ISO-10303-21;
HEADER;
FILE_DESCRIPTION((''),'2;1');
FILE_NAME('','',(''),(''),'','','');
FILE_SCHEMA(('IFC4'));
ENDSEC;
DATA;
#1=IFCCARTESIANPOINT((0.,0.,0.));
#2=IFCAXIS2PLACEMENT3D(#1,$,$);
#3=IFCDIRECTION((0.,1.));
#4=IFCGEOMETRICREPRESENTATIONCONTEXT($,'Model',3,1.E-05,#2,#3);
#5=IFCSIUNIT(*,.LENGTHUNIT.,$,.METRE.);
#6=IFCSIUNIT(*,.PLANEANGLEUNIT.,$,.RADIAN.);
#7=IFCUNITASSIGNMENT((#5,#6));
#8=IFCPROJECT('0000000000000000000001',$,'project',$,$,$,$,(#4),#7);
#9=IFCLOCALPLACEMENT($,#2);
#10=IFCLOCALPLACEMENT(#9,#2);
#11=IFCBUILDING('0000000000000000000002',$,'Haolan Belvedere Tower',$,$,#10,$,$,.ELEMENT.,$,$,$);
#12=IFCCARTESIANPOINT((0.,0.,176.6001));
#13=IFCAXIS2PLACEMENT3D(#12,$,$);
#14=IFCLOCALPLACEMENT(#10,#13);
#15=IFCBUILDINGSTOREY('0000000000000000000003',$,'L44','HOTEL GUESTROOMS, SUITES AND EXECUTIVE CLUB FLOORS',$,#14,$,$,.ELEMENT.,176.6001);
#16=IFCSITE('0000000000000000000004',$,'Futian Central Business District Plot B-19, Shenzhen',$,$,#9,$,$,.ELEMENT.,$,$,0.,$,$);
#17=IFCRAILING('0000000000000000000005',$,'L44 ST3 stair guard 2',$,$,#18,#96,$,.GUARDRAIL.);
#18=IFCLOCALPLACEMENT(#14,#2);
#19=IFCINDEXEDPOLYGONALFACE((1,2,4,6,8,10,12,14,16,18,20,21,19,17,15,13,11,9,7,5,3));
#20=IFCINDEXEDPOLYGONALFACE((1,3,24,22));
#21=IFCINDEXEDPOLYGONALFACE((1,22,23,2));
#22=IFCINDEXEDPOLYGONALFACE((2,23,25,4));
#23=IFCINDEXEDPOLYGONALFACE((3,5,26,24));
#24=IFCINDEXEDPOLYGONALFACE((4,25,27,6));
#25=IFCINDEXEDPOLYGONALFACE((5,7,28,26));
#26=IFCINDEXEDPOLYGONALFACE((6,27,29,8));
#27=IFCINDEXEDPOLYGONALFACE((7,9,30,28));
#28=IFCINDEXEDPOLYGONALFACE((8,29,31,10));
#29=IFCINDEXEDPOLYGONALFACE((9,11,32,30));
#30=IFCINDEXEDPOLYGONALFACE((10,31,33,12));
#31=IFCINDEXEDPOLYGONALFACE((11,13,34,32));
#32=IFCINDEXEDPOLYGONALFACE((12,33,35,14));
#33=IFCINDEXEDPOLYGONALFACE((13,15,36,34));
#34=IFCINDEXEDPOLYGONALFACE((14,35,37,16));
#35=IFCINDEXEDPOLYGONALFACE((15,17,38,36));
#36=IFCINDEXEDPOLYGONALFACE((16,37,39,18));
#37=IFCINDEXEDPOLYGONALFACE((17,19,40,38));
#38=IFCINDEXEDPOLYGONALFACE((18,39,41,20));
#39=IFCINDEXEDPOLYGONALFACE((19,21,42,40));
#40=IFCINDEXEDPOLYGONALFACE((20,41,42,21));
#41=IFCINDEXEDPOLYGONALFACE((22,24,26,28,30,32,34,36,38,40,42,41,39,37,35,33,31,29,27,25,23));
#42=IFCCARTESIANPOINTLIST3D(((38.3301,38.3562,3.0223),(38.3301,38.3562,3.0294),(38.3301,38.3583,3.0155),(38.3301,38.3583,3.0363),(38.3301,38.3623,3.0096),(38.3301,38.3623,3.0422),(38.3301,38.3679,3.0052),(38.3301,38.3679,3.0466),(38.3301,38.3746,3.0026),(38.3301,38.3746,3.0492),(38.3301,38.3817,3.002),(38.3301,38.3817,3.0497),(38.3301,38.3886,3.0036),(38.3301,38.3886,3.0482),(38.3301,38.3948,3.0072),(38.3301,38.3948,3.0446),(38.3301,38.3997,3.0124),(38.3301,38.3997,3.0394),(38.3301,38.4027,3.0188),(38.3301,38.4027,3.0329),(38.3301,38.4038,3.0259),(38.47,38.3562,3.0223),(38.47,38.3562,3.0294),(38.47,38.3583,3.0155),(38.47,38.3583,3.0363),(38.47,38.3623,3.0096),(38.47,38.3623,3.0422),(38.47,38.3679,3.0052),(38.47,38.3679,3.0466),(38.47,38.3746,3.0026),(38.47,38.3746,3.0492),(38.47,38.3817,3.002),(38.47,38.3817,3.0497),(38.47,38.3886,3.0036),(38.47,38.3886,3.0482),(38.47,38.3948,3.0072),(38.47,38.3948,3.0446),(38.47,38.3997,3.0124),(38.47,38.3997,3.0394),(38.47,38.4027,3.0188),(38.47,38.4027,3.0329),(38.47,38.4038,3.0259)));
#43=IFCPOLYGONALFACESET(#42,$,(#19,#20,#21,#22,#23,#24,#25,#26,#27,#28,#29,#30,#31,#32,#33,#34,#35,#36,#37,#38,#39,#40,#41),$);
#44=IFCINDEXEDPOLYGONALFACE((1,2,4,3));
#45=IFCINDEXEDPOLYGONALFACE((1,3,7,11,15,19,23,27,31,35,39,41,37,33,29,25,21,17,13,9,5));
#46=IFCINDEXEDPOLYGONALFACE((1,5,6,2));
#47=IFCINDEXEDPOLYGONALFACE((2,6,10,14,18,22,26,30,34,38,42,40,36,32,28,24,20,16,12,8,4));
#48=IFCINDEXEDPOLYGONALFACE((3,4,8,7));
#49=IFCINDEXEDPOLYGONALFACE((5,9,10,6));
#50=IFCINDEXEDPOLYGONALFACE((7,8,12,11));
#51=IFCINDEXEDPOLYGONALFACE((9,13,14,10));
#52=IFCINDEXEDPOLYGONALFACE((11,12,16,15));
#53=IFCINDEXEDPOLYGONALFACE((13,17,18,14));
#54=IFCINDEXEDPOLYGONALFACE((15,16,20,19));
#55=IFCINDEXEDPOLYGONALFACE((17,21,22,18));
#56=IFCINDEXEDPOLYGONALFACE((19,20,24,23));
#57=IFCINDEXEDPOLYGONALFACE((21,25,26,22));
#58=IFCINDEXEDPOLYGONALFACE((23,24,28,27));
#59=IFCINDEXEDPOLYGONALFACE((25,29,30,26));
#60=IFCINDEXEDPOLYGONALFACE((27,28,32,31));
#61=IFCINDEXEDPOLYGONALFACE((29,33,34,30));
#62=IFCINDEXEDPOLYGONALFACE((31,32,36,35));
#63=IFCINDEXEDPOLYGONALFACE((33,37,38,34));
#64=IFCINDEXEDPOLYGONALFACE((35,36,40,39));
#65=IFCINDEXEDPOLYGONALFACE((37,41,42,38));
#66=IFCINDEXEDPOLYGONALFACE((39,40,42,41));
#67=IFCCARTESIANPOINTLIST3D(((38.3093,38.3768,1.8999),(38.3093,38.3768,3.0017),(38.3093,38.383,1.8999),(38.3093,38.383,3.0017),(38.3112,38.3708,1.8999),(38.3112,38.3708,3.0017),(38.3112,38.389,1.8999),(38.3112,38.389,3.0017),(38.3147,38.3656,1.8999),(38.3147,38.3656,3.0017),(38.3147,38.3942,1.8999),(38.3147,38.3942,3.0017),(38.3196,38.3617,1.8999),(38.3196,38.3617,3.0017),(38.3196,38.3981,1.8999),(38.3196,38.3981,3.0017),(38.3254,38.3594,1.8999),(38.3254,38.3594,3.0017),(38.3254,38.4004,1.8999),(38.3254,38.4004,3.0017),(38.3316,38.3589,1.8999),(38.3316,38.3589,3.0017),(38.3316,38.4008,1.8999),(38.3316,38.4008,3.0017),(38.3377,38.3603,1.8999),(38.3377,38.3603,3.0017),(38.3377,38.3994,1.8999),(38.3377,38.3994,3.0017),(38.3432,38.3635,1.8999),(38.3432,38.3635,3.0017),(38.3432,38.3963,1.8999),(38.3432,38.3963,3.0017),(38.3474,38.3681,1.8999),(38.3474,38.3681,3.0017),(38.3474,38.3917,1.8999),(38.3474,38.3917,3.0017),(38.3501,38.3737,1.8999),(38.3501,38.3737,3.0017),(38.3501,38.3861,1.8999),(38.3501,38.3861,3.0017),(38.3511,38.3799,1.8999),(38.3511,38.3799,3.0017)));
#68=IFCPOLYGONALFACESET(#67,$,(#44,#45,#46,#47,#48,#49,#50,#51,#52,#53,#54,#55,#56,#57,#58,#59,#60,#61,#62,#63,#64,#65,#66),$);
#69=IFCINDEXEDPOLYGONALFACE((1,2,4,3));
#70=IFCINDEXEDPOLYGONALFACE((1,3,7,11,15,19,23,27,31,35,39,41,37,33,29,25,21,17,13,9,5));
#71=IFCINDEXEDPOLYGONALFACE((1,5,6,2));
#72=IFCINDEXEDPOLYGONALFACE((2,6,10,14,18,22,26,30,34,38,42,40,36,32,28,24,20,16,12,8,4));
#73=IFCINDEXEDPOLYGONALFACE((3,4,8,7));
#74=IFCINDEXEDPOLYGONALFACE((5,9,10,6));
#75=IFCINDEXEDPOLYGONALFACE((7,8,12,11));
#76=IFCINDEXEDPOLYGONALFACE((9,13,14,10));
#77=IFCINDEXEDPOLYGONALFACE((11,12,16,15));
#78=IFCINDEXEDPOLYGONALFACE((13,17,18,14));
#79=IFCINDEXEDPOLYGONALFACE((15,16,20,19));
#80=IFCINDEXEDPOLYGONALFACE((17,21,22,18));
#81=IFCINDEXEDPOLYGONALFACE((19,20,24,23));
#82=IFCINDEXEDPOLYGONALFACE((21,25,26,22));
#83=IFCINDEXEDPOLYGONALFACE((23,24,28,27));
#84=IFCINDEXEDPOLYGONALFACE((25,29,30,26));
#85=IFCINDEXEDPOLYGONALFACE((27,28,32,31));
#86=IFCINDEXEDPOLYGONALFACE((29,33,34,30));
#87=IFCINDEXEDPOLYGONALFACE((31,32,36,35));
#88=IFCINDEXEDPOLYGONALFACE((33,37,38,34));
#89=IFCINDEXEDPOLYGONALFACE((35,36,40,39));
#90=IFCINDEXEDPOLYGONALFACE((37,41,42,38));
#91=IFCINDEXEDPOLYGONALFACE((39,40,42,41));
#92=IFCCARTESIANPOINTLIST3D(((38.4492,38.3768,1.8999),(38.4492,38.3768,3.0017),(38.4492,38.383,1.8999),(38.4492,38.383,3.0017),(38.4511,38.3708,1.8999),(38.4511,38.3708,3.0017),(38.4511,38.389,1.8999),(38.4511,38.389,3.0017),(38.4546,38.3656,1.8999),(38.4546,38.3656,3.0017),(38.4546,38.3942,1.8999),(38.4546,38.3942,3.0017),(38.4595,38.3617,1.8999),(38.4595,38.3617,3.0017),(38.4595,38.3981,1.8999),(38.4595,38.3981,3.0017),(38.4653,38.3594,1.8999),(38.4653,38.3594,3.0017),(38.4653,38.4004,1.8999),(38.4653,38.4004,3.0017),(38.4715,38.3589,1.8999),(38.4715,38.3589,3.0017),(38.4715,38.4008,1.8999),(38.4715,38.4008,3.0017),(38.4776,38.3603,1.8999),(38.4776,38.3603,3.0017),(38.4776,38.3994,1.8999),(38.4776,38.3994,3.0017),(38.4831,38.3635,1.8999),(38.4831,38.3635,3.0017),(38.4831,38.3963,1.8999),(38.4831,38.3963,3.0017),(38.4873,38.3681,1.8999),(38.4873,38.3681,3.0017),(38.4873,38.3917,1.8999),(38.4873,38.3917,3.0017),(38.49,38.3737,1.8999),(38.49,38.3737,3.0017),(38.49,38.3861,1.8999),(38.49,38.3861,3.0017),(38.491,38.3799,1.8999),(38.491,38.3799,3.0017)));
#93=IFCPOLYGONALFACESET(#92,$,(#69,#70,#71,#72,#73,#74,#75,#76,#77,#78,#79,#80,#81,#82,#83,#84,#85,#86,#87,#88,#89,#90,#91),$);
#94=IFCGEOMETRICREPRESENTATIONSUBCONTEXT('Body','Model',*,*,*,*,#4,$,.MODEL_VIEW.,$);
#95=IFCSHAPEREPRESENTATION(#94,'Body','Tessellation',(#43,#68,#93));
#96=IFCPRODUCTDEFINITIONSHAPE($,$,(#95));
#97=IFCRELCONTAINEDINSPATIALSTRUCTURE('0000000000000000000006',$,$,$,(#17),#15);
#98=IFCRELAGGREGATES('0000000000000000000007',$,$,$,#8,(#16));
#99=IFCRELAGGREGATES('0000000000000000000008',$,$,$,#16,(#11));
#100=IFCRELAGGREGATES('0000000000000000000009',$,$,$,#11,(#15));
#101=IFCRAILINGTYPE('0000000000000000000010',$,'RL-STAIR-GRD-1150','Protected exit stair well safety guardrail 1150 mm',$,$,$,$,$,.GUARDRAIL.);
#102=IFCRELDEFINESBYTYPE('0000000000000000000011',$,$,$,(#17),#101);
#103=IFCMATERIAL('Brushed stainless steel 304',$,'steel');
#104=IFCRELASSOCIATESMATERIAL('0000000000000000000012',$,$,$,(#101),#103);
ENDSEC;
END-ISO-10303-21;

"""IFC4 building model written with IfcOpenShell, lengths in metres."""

from ifc_helpers import new_model, si_unit, direction, frame, origin, origin_2d, place, context, subcontext, project, spatial, circle, extrude, material, type_object, element, save


model = new_model("IFC4")

# Units and contexts
model_context = context("Model", 3, precision=1e-05, world=origin(), true_north=direction((0.0, 1.0)))
body_context = subcontext(model_context, "Body", "Model", "MODEL_VIEW")
ifc_project = project(units=[si_unit("LENGTHUNIT", "METRE"), si_unit("PLANEANGLEUNIT", "RADIAN")], contexts=[model_context])

# Site, building, storey
site_placement = place(None, origin())
site = spatial("IfcSite", under=ifc_project, at=site_placement, Name="Futian Central Business District Plot B-19, Shenzhen", CompositionType="ELEMENT", RefElevation=0.0)
building_placement = place(site_placement, origin())
building = spatial("IfcBuilding", under=site, at=building_placement, Name="Haolan Belvedere Tower", CompositionType="ELEMENT")
storey_placement = place(building_placement, frame((0.0, 0.0, 176.6001)))
storey = spatial("IfcBuildingStorey", under=building, at=storey_placement, Name="L44", Description="HOTEL GUESTROOMS, SUITES AND EXECUTIVE CLUB FLOORS", CompositionType="ELEMENT", Elevation=176.6001)

# Railing
ifc_material_1 = material(Name="Brushed stainless steel 304", Category="steel")
railing_type_1 = type_object("IfcRailingType", Name="RL-STAIR-GRD-1150", Description="Protected exit stair well safety guardrail 1150 mm", PredefinedType="GUARDRAIL", material=ifc_material_1)
railing_1_placement = place(storey_placement, frame((38.3301, 38.3799, 1.8999)))
element("IfcRailing", 1, at=railing_1_placement, inside=storey, type_object=railing_type_1, Name="L44 ST3 stair guard 2", PredefinedType="GUARDRAIL", context=body_context, shape_type="SweptSolid", body=[
    extrude(circle(Radius=0.0239, at=origin_2d()), frame((0.0, 0.0, 1.126), z_axis=(1.0, 0.0, 0.0), x_axis=(0.0, 1.0, 0.0)), (0.0, 0.0, 1.0), 0.1399),
    extrude(circle(Radius=0.021, at=origin_2d()), origin(), (0.0, 0.0, 1.0), 1.1018),
    extrude(circle(Radius=0.021, at=origin_2d()), frame((0.1399, 0.0, 0.0)), (0.0, 0.0, 1.0), 1.1018),
])

save(model, "model.ifc")
